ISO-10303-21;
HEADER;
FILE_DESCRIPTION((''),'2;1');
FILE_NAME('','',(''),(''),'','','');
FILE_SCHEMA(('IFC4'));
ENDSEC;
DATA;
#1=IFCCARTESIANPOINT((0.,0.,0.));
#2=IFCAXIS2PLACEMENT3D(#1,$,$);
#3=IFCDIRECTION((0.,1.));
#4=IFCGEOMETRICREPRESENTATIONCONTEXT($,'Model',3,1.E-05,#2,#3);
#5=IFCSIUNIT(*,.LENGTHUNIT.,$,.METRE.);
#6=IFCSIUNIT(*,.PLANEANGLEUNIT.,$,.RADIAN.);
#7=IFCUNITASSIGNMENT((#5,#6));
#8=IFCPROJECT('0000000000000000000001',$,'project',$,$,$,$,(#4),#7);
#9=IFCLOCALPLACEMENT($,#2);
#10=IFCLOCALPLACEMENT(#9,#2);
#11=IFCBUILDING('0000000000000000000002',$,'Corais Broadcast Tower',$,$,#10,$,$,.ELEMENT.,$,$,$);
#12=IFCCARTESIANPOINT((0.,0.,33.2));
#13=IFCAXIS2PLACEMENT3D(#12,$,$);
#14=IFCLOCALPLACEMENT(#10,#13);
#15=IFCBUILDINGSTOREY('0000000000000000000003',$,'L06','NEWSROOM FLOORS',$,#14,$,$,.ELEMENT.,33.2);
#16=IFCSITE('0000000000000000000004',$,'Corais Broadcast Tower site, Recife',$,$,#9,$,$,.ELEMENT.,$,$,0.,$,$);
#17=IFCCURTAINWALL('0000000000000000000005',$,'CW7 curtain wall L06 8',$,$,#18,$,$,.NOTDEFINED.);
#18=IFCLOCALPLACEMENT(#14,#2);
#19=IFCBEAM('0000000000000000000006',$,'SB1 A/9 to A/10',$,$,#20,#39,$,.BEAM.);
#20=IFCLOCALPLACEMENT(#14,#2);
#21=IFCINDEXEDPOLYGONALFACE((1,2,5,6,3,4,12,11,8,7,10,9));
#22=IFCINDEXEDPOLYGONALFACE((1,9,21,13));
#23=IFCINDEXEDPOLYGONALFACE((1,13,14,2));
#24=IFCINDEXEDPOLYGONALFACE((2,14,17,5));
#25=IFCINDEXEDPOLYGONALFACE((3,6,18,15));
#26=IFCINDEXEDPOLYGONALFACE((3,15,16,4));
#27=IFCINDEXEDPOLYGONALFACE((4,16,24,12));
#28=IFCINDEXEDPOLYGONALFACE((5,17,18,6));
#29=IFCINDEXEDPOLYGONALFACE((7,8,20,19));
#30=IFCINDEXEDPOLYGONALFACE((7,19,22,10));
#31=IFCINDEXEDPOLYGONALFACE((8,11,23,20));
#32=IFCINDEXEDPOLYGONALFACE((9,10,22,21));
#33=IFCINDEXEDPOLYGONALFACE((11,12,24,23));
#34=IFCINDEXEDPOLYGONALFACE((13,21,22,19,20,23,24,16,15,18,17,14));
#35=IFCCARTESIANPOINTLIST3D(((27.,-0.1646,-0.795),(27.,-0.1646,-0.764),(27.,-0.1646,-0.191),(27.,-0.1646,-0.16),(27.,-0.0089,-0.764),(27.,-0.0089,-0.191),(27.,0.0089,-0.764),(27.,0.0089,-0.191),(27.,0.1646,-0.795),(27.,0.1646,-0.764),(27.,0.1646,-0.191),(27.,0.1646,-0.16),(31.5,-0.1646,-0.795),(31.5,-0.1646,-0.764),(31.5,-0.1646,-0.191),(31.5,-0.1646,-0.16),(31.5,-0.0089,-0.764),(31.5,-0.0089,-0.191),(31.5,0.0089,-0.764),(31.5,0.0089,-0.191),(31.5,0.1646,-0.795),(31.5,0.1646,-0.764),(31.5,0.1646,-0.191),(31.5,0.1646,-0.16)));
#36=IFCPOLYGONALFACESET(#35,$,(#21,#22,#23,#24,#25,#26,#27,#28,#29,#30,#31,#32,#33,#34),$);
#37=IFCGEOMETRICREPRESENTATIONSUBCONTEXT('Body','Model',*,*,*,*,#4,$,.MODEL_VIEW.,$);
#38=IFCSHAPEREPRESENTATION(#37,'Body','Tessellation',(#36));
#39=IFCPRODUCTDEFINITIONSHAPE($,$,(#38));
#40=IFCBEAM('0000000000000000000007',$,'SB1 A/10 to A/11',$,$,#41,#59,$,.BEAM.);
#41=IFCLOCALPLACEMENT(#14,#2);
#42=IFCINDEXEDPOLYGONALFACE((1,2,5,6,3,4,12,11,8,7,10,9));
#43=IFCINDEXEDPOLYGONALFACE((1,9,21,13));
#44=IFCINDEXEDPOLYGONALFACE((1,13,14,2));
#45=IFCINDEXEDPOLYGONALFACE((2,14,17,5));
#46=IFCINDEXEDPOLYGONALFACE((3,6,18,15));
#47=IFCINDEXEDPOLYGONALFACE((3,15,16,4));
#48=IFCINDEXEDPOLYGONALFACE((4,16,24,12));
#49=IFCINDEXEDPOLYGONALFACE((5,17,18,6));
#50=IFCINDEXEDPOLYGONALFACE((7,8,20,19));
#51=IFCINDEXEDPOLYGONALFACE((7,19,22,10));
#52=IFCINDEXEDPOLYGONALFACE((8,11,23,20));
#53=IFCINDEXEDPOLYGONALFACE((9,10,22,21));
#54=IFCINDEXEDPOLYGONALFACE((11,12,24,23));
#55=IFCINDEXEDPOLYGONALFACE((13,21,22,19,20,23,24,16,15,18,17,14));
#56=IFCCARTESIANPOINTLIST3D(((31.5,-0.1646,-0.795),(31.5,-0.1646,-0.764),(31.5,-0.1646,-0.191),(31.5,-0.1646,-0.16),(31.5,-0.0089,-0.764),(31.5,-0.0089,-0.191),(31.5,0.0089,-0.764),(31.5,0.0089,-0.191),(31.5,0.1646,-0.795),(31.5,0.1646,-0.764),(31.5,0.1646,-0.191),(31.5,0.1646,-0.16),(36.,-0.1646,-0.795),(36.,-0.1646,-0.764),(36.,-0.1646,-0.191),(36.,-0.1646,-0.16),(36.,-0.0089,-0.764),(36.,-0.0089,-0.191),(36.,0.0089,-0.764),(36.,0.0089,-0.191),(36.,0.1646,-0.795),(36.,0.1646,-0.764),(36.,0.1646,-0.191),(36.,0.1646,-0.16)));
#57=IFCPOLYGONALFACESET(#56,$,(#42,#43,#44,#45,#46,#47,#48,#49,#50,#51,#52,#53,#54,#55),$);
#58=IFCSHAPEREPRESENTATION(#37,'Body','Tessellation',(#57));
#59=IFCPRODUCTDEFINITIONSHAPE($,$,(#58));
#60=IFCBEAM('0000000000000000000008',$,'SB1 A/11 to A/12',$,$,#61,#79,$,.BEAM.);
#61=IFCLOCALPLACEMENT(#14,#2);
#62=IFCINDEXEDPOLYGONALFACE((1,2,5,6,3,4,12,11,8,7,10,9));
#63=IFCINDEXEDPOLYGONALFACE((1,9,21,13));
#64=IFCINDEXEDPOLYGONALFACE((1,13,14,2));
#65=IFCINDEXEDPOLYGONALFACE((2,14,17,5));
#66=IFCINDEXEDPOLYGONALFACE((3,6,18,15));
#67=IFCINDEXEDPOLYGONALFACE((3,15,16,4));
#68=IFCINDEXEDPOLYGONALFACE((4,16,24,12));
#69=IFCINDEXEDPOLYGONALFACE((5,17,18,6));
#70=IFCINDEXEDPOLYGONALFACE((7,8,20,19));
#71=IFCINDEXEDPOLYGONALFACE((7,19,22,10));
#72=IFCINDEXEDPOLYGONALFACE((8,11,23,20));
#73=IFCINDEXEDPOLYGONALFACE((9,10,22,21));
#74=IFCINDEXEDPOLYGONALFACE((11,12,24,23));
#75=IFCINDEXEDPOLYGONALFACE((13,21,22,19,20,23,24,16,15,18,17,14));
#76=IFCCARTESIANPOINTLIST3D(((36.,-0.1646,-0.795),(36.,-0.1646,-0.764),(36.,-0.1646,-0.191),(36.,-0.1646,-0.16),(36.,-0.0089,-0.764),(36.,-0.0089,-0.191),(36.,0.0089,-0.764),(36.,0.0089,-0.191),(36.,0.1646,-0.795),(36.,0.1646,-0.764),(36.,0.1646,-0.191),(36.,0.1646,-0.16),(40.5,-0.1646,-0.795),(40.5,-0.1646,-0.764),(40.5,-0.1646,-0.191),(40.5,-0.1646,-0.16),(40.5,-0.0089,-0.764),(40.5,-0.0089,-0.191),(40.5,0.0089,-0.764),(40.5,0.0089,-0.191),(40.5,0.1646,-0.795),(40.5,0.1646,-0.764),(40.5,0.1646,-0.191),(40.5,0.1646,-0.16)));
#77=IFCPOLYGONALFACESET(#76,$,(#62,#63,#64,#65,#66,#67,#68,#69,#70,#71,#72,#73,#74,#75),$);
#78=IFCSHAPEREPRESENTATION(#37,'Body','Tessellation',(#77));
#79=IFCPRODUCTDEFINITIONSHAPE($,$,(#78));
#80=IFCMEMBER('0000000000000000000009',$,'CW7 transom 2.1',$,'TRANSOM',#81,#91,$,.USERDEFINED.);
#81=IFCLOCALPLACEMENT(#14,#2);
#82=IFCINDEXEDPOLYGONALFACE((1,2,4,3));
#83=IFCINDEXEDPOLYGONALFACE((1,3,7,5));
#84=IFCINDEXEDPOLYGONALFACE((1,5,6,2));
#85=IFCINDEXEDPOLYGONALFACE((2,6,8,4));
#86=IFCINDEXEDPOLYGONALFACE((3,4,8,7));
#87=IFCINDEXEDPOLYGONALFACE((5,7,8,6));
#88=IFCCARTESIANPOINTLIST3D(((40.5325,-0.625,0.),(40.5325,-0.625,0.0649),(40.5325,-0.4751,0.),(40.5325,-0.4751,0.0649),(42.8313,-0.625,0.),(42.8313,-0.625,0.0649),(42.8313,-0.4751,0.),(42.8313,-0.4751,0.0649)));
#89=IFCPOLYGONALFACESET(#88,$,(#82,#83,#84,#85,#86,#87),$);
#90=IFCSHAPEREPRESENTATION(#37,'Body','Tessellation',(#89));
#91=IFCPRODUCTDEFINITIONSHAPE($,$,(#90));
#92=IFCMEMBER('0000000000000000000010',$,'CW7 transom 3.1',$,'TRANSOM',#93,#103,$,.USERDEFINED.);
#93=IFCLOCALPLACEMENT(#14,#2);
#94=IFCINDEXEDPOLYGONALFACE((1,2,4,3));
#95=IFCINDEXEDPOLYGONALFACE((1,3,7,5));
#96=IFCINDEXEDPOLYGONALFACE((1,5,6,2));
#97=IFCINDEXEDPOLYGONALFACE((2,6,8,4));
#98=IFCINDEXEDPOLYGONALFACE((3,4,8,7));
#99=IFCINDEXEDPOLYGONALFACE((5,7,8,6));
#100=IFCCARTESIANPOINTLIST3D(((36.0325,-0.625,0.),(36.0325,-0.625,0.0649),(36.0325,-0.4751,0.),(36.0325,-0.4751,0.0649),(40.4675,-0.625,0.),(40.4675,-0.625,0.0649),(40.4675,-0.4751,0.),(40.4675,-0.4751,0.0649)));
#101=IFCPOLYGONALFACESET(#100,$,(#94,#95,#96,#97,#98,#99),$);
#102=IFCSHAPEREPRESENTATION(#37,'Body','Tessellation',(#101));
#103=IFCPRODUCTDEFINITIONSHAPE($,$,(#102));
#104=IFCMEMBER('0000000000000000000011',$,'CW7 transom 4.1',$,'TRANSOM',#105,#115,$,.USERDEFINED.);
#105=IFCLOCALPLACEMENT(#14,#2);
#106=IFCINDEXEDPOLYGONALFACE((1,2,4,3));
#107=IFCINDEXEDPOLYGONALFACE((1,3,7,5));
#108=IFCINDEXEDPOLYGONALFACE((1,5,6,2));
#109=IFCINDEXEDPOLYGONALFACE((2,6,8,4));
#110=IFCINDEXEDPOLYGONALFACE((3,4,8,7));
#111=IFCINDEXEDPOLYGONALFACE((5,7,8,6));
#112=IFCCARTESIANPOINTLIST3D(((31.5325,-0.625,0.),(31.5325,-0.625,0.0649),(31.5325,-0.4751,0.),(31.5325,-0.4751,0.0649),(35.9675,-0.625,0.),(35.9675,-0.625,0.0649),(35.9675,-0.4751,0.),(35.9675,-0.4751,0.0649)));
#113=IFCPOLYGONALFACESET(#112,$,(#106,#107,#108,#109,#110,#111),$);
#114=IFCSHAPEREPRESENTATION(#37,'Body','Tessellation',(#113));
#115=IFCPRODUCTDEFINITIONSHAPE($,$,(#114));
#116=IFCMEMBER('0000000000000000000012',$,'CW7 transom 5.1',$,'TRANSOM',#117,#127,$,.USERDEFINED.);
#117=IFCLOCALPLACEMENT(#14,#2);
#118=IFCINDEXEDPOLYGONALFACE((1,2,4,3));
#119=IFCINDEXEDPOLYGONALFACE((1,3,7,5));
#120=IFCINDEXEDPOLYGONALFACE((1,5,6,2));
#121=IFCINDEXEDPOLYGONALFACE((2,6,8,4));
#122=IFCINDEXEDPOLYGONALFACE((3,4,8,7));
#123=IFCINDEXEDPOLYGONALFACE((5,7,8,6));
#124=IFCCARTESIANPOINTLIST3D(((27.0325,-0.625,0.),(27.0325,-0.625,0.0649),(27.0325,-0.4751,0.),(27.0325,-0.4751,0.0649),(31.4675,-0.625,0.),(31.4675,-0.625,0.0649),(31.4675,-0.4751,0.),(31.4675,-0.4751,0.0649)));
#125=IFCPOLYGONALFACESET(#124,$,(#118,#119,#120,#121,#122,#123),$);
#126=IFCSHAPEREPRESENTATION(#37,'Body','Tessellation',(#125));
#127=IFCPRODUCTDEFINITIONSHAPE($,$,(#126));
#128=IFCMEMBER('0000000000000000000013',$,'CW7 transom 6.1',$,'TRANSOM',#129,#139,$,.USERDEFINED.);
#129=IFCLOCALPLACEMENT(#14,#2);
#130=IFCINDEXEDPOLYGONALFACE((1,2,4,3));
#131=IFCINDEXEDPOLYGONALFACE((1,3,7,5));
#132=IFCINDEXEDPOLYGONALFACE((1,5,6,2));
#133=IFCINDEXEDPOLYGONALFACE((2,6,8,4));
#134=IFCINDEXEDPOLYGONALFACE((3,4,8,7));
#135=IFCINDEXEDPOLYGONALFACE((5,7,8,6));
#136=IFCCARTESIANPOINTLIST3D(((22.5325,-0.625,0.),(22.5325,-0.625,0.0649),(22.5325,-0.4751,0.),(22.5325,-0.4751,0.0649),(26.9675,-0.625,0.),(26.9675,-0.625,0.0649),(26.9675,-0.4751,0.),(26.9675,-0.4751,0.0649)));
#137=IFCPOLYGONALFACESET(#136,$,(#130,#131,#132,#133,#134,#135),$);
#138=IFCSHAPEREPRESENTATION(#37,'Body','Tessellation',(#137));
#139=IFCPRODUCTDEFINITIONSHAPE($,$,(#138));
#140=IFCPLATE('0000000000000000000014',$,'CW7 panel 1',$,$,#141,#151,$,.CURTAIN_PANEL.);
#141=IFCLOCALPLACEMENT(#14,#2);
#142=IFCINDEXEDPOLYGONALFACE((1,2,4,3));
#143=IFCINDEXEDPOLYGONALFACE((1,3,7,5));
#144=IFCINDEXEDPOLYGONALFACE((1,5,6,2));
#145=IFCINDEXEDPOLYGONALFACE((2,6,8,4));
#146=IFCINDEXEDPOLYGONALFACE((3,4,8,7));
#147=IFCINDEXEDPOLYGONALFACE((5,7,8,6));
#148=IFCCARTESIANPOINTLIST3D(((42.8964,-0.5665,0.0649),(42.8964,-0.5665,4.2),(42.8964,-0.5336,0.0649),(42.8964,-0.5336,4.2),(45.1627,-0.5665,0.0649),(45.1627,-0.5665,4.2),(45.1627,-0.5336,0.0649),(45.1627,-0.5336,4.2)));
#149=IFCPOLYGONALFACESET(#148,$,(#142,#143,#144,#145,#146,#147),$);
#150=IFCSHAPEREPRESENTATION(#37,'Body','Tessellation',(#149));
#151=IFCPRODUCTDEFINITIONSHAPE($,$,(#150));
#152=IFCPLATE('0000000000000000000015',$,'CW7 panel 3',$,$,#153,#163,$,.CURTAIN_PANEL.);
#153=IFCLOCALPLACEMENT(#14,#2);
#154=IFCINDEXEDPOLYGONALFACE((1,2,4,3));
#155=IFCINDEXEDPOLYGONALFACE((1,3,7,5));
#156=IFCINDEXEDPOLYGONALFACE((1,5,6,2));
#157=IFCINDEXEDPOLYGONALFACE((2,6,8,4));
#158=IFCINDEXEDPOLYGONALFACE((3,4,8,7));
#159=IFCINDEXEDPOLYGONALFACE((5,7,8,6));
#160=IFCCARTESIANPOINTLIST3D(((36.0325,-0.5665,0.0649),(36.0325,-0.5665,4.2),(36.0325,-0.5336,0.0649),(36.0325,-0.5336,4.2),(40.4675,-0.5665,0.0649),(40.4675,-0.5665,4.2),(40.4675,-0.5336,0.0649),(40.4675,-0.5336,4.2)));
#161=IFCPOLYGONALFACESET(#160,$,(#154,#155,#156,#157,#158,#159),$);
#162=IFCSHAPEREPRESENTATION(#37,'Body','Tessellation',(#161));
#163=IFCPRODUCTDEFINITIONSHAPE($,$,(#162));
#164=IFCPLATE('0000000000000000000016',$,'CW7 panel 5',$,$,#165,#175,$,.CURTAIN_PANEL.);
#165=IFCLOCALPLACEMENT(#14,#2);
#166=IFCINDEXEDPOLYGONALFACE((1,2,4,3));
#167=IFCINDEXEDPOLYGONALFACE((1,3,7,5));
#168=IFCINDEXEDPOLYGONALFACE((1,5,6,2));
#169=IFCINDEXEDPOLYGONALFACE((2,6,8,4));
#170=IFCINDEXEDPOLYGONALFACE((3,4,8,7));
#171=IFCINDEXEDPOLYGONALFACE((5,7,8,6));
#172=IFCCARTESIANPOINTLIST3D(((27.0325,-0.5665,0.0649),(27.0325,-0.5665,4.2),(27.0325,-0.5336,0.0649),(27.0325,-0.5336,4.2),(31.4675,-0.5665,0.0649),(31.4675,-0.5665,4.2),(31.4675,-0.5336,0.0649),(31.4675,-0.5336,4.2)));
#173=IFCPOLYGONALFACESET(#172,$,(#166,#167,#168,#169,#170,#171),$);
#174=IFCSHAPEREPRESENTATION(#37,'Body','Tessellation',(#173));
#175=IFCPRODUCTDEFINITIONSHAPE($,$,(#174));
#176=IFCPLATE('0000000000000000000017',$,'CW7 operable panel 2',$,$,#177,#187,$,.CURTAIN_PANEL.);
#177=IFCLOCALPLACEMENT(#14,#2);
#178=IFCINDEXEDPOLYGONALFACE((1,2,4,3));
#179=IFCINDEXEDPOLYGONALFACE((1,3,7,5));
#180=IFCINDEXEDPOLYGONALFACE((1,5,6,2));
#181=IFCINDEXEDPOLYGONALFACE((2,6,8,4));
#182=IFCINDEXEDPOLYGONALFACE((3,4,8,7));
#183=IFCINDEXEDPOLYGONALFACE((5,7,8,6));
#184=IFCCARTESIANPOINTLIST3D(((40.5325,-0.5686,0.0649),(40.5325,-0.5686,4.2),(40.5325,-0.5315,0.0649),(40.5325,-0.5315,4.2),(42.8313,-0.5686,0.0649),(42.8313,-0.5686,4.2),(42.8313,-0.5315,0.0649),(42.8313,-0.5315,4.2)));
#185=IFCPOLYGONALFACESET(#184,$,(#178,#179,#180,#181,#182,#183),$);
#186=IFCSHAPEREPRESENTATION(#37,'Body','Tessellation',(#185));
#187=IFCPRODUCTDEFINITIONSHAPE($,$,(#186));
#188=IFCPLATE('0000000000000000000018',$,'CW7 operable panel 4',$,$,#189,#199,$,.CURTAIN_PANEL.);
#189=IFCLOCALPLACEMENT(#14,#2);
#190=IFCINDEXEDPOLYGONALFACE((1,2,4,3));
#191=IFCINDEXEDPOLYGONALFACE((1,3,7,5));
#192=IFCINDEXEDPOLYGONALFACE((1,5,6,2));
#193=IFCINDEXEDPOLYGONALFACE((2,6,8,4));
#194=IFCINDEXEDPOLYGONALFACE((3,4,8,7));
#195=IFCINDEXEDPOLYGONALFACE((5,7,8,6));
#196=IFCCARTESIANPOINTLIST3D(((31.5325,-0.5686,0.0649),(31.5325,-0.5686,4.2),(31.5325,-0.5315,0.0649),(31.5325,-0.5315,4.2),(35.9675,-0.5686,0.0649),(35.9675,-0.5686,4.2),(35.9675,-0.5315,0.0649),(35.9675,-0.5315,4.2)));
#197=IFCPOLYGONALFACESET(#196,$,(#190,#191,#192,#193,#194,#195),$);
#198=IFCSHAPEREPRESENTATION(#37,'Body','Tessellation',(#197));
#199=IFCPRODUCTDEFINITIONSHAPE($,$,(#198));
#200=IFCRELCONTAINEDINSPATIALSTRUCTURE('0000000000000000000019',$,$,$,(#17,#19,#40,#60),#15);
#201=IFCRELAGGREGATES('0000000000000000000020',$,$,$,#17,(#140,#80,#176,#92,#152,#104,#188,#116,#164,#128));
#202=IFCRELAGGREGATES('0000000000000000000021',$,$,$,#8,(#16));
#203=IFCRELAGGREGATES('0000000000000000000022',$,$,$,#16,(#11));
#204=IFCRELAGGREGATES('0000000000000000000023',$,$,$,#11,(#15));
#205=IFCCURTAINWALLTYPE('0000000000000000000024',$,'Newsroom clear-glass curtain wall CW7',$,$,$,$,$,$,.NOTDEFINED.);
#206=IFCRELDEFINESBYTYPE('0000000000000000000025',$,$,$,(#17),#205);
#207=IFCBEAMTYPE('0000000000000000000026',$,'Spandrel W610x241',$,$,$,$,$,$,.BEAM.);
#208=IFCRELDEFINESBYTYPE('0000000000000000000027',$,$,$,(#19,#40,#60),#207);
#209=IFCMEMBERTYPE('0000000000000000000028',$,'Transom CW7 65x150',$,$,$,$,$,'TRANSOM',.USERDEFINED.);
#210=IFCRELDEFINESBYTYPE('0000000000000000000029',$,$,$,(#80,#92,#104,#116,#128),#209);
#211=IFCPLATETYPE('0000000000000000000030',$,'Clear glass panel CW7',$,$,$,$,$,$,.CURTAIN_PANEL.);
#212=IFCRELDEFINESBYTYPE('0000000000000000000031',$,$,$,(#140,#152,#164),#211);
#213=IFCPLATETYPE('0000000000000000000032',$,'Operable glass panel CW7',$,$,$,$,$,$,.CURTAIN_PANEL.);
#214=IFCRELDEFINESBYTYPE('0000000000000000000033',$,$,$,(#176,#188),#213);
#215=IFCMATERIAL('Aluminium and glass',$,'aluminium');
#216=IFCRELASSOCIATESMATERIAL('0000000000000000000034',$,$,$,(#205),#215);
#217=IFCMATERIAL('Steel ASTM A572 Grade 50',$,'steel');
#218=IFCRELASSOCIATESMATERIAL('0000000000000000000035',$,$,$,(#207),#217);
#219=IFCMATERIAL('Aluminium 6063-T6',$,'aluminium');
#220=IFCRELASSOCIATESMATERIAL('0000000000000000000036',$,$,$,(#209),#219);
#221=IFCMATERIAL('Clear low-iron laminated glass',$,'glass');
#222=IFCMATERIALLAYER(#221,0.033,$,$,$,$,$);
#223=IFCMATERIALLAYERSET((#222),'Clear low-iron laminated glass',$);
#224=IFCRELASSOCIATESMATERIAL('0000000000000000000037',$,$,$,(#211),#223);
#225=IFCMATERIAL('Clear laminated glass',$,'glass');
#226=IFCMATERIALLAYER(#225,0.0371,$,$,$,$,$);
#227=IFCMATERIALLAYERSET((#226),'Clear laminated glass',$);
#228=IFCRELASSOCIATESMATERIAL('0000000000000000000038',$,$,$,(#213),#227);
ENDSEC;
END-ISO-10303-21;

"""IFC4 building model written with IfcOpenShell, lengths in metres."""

from ifc_helpers import new_model, si_unit, direction, frame, origin, origin_2d, place, context, subcontext, project, spatial, rectangle, i_section, extrude, material, layer, layer_set, material_profile, profile_set, type_object, element, aggregate, save


model = new_model("IFC4")

# Units and contexts
model_context = context("Model", 3, precision=1e-05, world=origin(), true_north=direction((0.0, 1.0)))
body_context = subcontext(model_context, "Body", "Model", "MODEL_VIEW")
ifc_project = project(units=[si_unit("LENGTHUNIT", "METRE"), si_unit("PLANEANGLEUNIT", "RADIAN")], contexts=[model_context])

# Site, building, storey
site_placement = place(None, origin())
site = spatial("IfcSite", under=ifc_project, at=site_placement, Name="Corais Broadcast Tower site, Recife", CompositionType="ELEMENT", RefElevation=0.0)
building_placement = place(site_placement, origin())
building = spatial("IfcBuilding", under=site, at=building_placement, Name="Corais Broadcast Tower", CompositionType="ELEMENT")
storey_placement = place(building_placement, frame((0.0, 0.0, 33.2)))
storey = spatial("IfcBuildingStorey", under=building, at=storey_placement, Name="L06", Description="NEWSROOM FLOORS", CompositionType="ELEMENT", Elevation=33.2)

# Curtain wall
ifc_material_1 = material(Name="Aluminium and glass", Category="aluminium")
curtain_wall_type = type_object("IfcCurtainWallType", Name="Newsroom clear-glass curtain wall CW7", PredefinedType="NOTDEFINED", material=ifc_material_1)
curtain_wall_placement = place(storey_placement, origin())
curtain_wall = element("IfcCurtainWall", 1, at=curtain_wall_placement, inside=storey, type_object=curtain_wall_type, Name="CW7 curtain wall L06 8", PredefinedType="NOTDEFINED")

# Beams
ifc_material_2 = material(Name="Steel ASTM A572 Grade 50", Category="steel")
ifc_material_profile_1 = material_profile(ifc_material_2, i_section(OverallWidth=0.3291, OverallDepth=0.635, WebThickness=0.0178, FlangeThickness=0.031, at=origin_2d()), Name="W610x241")
ifc_profile_set_1 = profile_set([ifc_material_profile_1], Name="Steel ASTM A572 Grade 50")
beam_type_1 = type_object("IfcBeamType", Name="Spandrel W610x241", PredefinedType="BEAM", material=ifc_profile_set_1)
for number, where, z_axis, x_axis, name in (
    (2, (27.0, 0.0, -0.4775), (1.0, 0.0, 0.0), (0.0, 1.0, 0.0), "SB1 A/9 to A/10"),
    (3, (31.5, 0.0, -0.4775), (1.0, 0.0, 0.0), (0.0, 1.0, 0.0), "SB1 A/10 to A/11"),
    (4, (36.0, 0.0, -0.4775), (1.0, 0.0, 0.0), (0.0, 1.0, 0.0), "SB1 A/11 to A/12"),
):
    element("IfcBeam", number, at=place(storey_placement, frame(where, z_axis=z_axis, x_axis=x_axis)), inside=storey, type_object=beam_type_1, Name=name, PredefinedType="BEAM", context=body_context, shape_type="SweptSolid", body=[
        extrude(i_section(OverallWidth=0.3291, OverallDepth=0.635, WebThickness=0.0178, FlangeThickness=0.031, at=origin_2d()), origin(), (0.0, 0.0, 1.0), 4.5),
    ])

# Members
ifc_material_3 = material(Name="Aluminium 6063-T6", Category="aluminium")
ifc_material_profile_2 = material_profile(ifc_material_3, rectangle(XDim=0.1499, YDim=0.0649, at=origin_2d()), Name="Transom CW7 65x150")
ifc_profile_set_2 = profile_set([ifc_material_profile_2], Name="Aluminium 6063-T6")
member_type_1 = type_object("IfcMemberType", Name="Transom CW7 65x150", ElementType="TRANSOM", PredefinedType="USERDEFINED", material=ifc_profile_set_2)
member_1_placement = place(storey_placement, frame((42.8313, -0.55, 0.0325), z_axis=(-1.0, 0.0, 0.0), x_axis=(0.0, -1.0, 0.0)))
member_1 = element("IfcMember", 5, at=member_1_placement, type_object=member_type_1, Name="CW7 transom 2.1", ObjectType="TRANSOM", PredefinedType="USERDEFINED", context=body_context, shape_type="SweptSolid", body=[
    extrude(rectangle(XDim=0.1499, YDim=0.0649, at=origin_2d()), origin(), (0.0, 0.0, 1.0), 2.2988),
])
member_2_placement = place(storey_placement, frame((40.4675, -0.55, 0.0325), z_axis=(-1.0, 0.0, 0.0), x_axis=(0.0, -1.0, 0.0)))
member_2 = element("IfcMember", 6, at=member_2_placement, type_object=member_type_1, Name="CW7 transom 3.1", ObjectType="TRANSOM", PredefinedType="USERDEFINED", context=body_context, shape_type="SweptSolid", body=[
    extrude(rectangle(XDim=0.1499, YDim=0.0649, at=origin_2d()), origin(), (0.0, 0.0, 1.0), 4.4351),
])
member_3_placement = place(storey_placement, frame((35.9675, -0.55, 0.0325), z_axis=(-1.0, 0.0, 0.0), x_axis=(0.0, -1.0, 0.0)))
member_3 = element("IfcMember", 7, at=member_3_placement, type_object=member_type_1, Name="CW7 transom 4.1", ObjectType="TRANSOM", PredefinedType="USERDEFINED", context=body_context, shape_type="SweptSolid", body=[
    extrude(rectangle(XDim=0.1499, YDim=0.0649, at=origin_2d()), origin(), (0.0, 0.0, 1.0), 4.4351),
])
member_4_placement = place(storey_placement, frame((31.4675, -0.55, 0.0325), z_axis=(-1.0, 0.0, 0.0), x_axis=(0.0, -1.0, 0.0)))
member_4 = element("IfcMember", 8, at=member_4_placement, type_object=member_type_1, Name="CW7 transom 5.1", ObjectType="TRANSOM", PredefinedType="USERDEFINED", context=body_context, shape_type="SweptSolid", body=[
    extrude(rectangle(XDim=0.1499, YDim=0.0649, at=origin_2d()), origin(), (0.0, 0.0, 1.0), 4.4351),
])
member_5_placement = place(storey_placement, frame((26.9675, -0.55, 0.0325), z_axis=(-1.0, 0.0, 0.0), x_axis=(0.0, -1.0, 0.0)))
member_5 = element("IfcMember", 9, at=member_5_placement, type_object=member_type_1, Name="CW7 transom 6.1", ObjectType="TRANSOM", PredefinedType="USERDEFINED", context=body_context, shape_type="SweptSolid", body=[
    extrude(rectangle(XDim=0.1499, YDim=0.0649, at=origin_2d()), origin(), (0.0, 0.0, 1.0), 4.4351),
])

# Plates
ifc_material_4 = material(Name="Clear low-iron laminated glass", Category="glass")
ifc_layer_1 = layer(ifc_material_4, 0.033)
ifc_layer_set_1 = layer_set([ifc_layer_1], Name="Clear low-iron laminated glass")
plate_type_1 = type_object("IfcPlateType", Name="Clear glass panel CW7", PredefinedType="CURTAIN_PANEL", material=ifc_layer_set_1)
plate_1_placement = place(storey_placement, frame((44.0295, -0.55, 0.0649), z_axis=(0.0, 0.0, 1.0), x_axis=(-1.0, 0.0, 0.0)))
plate_1 = element("IfcPlate", 10, at=plate_1_placement, type_object=plate_type_1, Name="CW7 panel 1", PredefinedType="CURTAIN_PANEL", context=body_context, shape_type="SweptSolid", body=[
    extrude(rectangle(XDim=2.2664, YDim=0.033, at=origin_2d()), origin(), (0.0, 0.0, 1.0), 4.135),
])
plate_2_placement = place(storey_placement, frame((38.25, -0.55, 0.0649), z_axis=(0.0, 0.0, 1.0), x_axis=(-1.0, 0.0, 0.0)))
plate_2 = element("IfcPlate", 11, at=plate_2_placement, type_object=plate_type_1, Name="CW7 panel 3", PredefinedType="CURTAIN_PANEL", context=body_context, shape_type="SweptSolid", body=[
    extrude(rectangle(XDim=4.4351, YDim=0.033, at=origin_2d()), origin(), (0.0, 0.0, 1.0), 4.135),
])
plate_3_placement = place(storey_placement, frame((29.25, -0.55, 0.0649), z_axis=(0.0, 0.0, 1.0), x_axis=(-1.0, 0.0, 0.0)))
plate_3 = element("IfcPlate", 12, at=plate_3_placement, type_object=plate_type_1, Name="CW7 panel 5", PredefinedType="CURTAIN_PANEL", context=body_context, shape_type="SweptSolid", body=[
    extrude(rectangle(XDim=4.4351, YDim=0.033, at=origin_2d()), origin(), (0.0, 0.0, 1.0), 4.135),
])
ifc_material_5 = material(Name="Clear laminated glass", Category="glass")
ifc_layer_2 = layer(ifc_material_5, 0.0371)
ifc_layer_set_2 = layer_set([ifc_layer_2], Name="Clear laminated glass")
plate_type_2 = type_object("IfcPlateType", Name="Operable glass panel CW7", PredefinedType="CURTAIN_PANEL", material=ifc_layer_set_2)
plate_4_placement = place(storey_placement, frame((41.6819, -0.55, 0.0649), z_axis=(0.0, 0.0, 1.0), x_axis=(-1.0, 0.0, 0.0)))
plate_4 = element("IfcPlate", 13, at=plate_4_placement, type_object=plate_type_2, Name="CW7 operable panel 2", PredefinedType="CURTAIN_PANEL", context=body_context, shape_type="SweptSolid", body=[
    extrude(rectangle(XDim=2.2988, YDim=0.0371, at=origin_2d()), origin(), (0.0, 0.0, 1.0), 4.135),
])
plate_5_placement = place(storey_placement, frame((33.75, -0.55, 0.0649), z_axis=(0.0, 0.0, 1.0), x_axis=(-1.0, 0.0, 0.0)))
plate_5 = element("IfcPlate", 14, at=plate_5_placement, type_object=plate_type_2, Name="CW7 operable panel 4", PredefinedType="CURTAIN_PANEL", context=body_context, shape_type="SweptSolid", body=[
    extrude(rectangle(XDim=4.4351, YDim=0.0371, at=origin_2d()), origin(), (0.0, 0.0, 1.0), 4.135),
])
aggregate(curtain_wall, [plate_1, member_1, plate_4, member_2, plate_2, member_3, plate_5, member_4, plate_3, member_5])

save(model, "model.ifc")
